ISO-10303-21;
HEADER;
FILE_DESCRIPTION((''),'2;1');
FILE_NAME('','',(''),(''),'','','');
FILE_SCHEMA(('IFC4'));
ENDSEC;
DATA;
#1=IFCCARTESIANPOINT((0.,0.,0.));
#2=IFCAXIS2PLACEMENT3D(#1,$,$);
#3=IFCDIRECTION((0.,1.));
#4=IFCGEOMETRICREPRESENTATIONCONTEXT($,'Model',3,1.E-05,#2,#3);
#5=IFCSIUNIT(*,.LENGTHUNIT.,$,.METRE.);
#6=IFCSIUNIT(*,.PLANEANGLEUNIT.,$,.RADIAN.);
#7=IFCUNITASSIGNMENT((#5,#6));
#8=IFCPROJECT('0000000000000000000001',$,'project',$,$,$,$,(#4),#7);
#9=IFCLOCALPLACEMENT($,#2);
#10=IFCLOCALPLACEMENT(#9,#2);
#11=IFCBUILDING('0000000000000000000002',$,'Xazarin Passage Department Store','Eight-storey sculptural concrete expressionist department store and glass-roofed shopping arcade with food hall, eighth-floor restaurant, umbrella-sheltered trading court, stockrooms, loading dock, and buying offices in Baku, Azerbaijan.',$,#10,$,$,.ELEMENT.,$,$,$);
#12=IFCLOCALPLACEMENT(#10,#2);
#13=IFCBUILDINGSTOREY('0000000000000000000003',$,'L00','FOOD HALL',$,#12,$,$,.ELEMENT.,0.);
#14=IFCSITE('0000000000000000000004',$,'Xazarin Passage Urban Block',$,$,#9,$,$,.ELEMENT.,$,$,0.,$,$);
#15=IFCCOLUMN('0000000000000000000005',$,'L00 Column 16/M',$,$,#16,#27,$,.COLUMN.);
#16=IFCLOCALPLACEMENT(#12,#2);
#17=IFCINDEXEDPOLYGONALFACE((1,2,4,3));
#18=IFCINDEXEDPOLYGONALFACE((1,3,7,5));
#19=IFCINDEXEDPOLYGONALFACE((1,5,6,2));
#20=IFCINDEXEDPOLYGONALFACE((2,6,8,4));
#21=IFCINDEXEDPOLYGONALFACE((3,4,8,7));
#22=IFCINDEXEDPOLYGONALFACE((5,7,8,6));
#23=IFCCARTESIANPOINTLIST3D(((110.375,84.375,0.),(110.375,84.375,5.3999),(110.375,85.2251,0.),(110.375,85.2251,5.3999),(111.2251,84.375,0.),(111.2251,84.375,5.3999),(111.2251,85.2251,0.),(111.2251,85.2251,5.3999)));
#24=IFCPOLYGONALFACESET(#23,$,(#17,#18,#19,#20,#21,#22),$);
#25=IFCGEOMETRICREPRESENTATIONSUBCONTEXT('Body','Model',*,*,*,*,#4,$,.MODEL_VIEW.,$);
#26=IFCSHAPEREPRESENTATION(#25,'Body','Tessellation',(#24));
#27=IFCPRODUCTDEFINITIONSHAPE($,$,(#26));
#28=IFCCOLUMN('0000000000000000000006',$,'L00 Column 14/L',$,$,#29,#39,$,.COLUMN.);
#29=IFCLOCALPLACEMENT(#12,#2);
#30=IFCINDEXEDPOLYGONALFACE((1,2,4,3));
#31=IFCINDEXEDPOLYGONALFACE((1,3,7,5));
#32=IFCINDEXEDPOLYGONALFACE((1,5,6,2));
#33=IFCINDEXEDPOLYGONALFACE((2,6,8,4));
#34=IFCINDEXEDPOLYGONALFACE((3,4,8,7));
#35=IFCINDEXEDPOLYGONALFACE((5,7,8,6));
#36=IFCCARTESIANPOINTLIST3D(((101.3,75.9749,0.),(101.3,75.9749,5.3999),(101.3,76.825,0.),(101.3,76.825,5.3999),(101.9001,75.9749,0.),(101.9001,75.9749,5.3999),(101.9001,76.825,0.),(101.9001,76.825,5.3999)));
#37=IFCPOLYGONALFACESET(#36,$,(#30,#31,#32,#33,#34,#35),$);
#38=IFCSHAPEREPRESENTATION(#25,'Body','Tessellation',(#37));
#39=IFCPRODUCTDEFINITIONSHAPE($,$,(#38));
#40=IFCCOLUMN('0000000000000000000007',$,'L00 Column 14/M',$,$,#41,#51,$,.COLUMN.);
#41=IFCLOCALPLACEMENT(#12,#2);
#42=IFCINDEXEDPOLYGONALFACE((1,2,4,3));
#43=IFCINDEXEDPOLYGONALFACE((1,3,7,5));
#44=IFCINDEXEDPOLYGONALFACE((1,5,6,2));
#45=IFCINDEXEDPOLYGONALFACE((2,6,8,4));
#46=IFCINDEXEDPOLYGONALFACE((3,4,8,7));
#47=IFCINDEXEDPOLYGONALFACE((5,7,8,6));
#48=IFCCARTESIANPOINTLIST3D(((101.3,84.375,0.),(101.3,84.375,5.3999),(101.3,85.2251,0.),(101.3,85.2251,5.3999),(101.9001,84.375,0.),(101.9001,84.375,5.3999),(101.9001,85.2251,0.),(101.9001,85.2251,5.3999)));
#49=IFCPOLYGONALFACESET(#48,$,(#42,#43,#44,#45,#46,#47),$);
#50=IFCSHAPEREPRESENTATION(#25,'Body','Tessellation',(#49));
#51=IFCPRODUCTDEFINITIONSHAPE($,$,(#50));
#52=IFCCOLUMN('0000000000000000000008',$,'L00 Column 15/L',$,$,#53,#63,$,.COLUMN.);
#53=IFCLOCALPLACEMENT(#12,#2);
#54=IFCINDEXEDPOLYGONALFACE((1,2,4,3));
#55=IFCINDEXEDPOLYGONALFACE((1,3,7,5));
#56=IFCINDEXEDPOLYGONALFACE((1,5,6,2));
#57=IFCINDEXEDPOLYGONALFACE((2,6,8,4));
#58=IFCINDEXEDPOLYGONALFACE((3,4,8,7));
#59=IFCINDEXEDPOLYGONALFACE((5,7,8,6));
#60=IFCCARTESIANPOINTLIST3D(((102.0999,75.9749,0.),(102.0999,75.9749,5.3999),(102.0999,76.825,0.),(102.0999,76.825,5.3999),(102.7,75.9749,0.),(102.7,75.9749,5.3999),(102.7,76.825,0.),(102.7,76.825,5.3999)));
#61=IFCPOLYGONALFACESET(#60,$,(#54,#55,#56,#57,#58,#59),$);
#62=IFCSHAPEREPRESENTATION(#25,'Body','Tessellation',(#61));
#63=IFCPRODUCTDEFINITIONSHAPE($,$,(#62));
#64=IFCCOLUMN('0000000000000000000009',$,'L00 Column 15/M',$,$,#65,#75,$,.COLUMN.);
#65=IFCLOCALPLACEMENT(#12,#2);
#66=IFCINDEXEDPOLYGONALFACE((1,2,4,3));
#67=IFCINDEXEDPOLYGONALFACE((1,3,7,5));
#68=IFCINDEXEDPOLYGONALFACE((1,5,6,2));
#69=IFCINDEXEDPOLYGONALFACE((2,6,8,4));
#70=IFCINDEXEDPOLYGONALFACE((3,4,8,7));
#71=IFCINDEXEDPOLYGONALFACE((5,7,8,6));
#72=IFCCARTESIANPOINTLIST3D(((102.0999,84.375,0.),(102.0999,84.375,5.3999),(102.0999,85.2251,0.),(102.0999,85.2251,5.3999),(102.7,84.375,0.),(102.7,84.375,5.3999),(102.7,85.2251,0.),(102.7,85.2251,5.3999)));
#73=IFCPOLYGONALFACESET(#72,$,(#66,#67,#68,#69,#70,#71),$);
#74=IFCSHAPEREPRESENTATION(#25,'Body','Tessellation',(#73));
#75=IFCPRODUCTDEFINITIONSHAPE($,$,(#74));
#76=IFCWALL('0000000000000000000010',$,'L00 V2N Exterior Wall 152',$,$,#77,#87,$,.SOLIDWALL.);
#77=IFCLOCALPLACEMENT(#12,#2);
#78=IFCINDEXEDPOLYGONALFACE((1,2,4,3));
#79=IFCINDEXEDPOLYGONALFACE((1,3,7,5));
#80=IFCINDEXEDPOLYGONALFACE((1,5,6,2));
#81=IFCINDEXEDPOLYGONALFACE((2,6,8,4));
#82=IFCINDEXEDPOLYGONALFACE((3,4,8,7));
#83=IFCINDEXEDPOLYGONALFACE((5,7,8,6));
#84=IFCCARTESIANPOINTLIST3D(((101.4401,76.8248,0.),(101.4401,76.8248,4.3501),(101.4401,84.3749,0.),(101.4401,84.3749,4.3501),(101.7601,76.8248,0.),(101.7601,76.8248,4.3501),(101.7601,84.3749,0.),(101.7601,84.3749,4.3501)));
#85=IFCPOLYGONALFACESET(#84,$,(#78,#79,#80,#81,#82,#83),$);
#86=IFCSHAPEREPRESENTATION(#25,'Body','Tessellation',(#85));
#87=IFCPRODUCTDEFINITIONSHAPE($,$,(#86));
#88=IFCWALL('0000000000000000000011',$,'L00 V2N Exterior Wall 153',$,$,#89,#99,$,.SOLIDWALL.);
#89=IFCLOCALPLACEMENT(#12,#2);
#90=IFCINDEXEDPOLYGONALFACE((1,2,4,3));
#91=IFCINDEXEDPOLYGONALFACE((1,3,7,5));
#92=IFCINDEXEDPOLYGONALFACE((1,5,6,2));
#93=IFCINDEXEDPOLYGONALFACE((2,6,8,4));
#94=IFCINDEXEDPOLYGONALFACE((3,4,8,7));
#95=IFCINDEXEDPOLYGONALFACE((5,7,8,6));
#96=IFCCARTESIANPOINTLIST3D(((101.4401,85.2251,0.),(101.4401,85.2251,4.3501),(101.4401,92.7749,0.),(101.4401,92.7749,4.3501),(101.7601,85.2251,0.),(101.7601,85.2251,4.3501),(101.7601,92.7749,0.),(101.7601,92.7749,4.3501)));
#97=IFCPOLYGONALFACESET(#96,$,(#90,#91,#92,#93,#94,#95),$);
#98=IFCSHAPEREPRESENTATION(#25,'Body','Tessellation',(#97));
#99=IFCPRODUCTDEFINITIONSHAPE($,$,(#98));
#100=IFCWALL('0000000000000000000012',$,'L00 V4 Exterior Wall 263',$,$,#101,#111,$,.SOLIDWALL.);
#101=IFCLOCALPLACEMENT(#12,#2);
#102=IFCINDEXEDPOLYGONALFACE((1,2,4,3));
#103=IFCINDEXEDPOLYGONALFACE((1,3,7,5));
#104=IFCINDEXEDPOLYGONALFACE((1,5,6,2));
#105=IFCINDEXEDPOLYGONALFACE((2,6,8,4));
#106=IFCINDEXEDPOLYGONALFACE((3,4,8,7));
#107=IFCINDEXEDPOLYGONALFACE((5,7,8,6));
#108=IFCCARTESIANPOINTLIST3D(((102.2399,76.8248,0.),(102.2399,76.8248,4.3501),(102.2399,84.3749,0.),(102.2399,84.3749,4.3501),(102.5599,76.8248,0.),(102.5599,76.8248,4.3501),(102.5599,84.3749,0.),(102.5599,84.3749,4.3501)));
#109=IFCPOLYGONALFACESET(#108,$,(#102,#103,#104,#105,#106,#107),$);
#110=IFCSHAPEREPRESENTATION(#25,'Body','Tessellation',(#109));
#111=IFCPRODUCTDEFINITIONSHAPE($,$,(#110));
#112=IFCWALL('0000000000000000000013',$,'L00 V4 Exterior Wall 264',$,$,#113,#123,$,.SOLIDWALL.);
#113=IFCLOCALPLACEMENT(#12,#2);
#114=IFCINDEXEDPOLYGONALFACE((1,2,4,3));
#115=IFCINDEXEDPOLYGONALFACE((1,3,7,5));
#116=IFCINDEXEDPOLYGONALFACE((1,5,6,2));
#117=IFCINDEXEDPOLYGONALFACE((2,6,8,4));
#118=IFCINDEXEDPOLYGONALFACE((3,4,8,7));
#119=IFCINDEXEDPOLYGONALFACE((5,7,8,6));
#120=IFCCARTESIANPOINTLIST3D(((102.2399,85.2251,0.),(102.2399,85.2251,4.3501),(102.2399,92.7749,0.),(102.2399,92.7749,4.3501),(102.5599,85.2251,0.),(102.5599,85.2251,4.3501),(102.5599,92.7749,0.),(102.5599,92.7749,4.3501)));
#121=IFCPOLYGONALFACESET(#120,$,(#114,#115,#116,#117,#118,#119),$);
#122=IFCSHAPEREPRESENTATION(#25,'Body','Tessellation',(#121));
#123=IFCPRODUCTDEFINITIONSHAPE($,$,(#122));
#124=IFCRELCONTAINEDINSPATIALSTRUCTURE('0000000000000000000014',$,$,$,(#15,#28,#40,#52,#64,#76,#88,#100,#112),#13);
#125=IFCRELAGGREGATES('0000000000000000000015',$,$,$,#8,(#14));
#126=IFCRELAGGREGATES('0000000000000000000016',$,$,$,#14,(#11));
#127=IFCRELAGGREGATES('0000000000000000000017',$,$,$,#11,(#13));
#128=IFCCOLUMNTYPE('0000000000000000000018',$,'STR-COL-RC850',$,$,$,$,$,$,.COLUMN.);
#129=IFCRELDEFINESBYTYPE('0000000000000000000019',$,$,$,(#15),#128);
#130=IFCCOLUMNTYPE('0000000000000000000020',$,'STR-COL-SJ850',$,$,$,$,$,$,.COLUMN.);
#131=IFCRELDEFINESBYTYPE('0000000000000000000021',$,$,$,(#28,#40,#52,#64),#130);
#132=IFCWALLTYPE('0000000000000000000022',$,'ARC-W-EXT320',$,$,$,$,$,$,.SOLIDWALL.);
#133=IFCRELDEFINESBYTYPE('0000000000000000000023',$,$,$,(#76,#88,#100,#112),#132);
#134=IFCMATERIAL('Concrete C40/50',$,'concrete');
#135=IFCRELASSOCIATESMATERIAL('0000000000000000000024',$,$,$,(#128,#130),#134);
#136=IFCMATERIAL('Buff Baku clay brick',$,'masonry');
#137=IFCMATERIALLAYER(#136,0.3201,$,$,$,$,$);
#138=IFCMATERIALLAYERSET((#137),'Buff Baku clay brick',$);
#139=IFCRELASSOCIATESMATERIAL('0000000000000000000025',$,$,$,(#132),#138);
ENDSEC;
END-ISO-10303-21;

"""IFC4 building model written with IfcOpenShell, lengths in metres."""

from ifc_helpers import new_model, si_unit, direction, frame, frame_2d, origin, origin_2d, place, context, subcontext, project, spatial, rectangle, extrude, material, layer, layer_set, material_profile, profile_set, type_object, element, save


model = new_model("IFC4")

# Units and contexts
model_context = context("Model", 3, precision=1e-05, world=origin(), true_north=direction((0.0, 1.0)))
body_context = subcontext(model_context, "Body", "Model", "MODEL_VIEW")
ifc_project = project(units=[si_unit("LENGTHUNIT", "METRE"), si_unit("PLANEANGLEUNIT", "RADIAN")], contexts=[model_context])

# Site, building, storey
site_placement = place(None, origin())
site = spatial("IfcSite", under=ifc_project, at=site_placement, Name="Xazarin Passage Urban Block", CompositionType="ELEMENT", RefElevation=0.0)
building_placement = place(site_placement, origin())
building = spatial("IfcBuilding", under=site, at=building_placement, Name="Xazarin Passage Department Store", Description="Eight-storey sculptural concrete expressionist department store and glass-roofed shopping arcade with food hall, eighth-floor restaurant, umbrella-sheltered trading court, stockrooms, loading dock, and buying offices in Baku, Azerbaijan.", CompositionType="ELEMENT")
storey_placement = place(building_placement, origin())
storey = spatial("IfcBuildingStorey", under=building, at=storey_placement, Name="L00", Description="FOOD HALL", CompositionType="ELEMENT", Elevation=0.0)

# Columns
ifc_material_1 = material(Name="Concrete C40/50", Category="concrete")
ifc_material_profile_1 = material_profile(ifc_material_1, rectangle(XDim=0.8501, YDim=0.8501, at=origin_2d()), Name="RC 850x850")
ifc_profile_set_1 = profile_set([ifc_material_profile_1], Name="Concrete C40/50")
column_type_1 = type_object("IfcColumnType", Name="STR-COL-RC850", PredefinedType="COLUMN", material=ifc_profile_set_1)
for number, where, z_axis, x_axis, name in (
    (1, (110.8, 84.8, 0.0), (0.0, 0.0, 1.0), (1.0, 0.0, 0.0), "L00 Column 16/M"),
):
    element("IfcColumn", number, at=place(storey_placement, frame(where, z_axis=z_axis, x_axis=x_axis)), inside=storey, type_object=column_type_1, Name=name, PredefinedType="COLUMN", context=body_context, shape_type="SweptSolid", body=[
        extrude(rectangle(XDim=0.8501, YDim=0.8501, at=origin_2d()), origin(), (0.0, 0.0, 1.0), 5.3999),
    ])
ifc_material_profile_2 = material_profile(ifc_material_1, rectangle(XDim=0.6001, YDim=0.8501, at=origin_2d()), Name="RC 600x850")
ifc_profile_set_2 = profile_set([ifc_material_profile_2], Name="Concrete C40/50")
column_type_2 = type_object("IfcColumnType", Name="STR-COL-SJ850", PredefinedType="COLUMN", material=ifc_profile_set_2)
for number, where, z_axis, x_axis, name in (
    (2, (101.6001, 76.3999, 0.0), (0.0, 0.0, 1.0), (1.0, 0.0, 0.0), "L00 Column 14/L"),
    (3, (101.6001, 84.8, 0.0), (0.0, 0.0, 1.0), (1.0, 0.0, 0.0), "L00 Column 14/M"),
    (4, (102.3999, 76.3999, 0.0), (0.0, 0.0, 1.0), (1.0, 0.0, 0.0), "L00 Column 15/L"),
    (5, (102.3999, 84.8, 0.0), (0.0, 0.0, 1.0), (1.0, 0.0, 0.0), "L00 Column 15/M"),
):
    element("IfcColumn", number, at=place(storey_placement, frame(where, z_axis=z_axis, x_axis=x_axis)), inside=storey, type_object=column_type_2, Name=name, PredefinedType="COLUMN", context=body_context, shape_type="SweptSolid", body=[
        extrude(rectangle(XDim=0.6001, YDim=0.8501, at=origin_2d()), origin(), (0.0, 0.0, 1.0), 5.3999),
    ])

# Walls
ifc_material_2 = material(Name="Buff Baku clay brick", Category="masonry")
ifc_layer_1 = layer(ifc_material_2, 0.3201)
ifc_layer_set_1 = layer_set([ifc_layer_1], Name="Buff Baku clay brick")
wall_type_1 = type_object("IfcWallType", Name="ARC-W-EXT320", PredefinedType="SOLIDWALL", material=ifc_layer_set_1)
wall_1_placement = place(storey_placement, frame((101.6001, 76.825, 0.0), z_axis=(0.0, 0.0, 1.0), x_axis=(0.0, 1.0, 0.0)))
element("IfcWall", 6, at=wall_1_placement, inside=storey, type_object=wall_type_1, Name="L00 V2N Exterior Wall 152", PredefinedType="SOLIDWALL", context=body_context, shape_type="SweptSolid", body=[
    extrude(rectangle(XDim=7.55, YDim=0.3201, at=frame_2d((3.7749, 0.0))), origin(), (0.0, 0.0, 1.0), 4.3501),
])
wall_2_placement = place(storey_placement, frame((101.6001, 85.2251, 0.0), z_axis=(0.0, 0.0, 1.0), x_axis=(0.0, 1.0, 0.0)))
element("IfcWall", 7, at=wall_2_placement, inside=storey, type_object=wall_type_1, Name="L00 V2N Exterior Wall 153", PredefinedType="SOLIDWALL", context=body_context, shape_type="SweptSolid", body=[
    extrude(rectangle(XDim=7.5498, YDim=0.3201, at=frame_2d((3.7749, 0.0))), origin(), (0.0, 0.0, 1.0), 4.3501),
])
wall_3_placement = place(storey_placement, frame((102.3999, 76.825, 0.0), z_axis=(0.0, 0.0, 1.0), x_axis=(0.0, 1.0, 0.0)))
element("IfcWall", 8, at=wall_3_placement, inside=storey, type_object=wall_type_1, Name="L00 V4 Exterior Wall 263", PredefinedType="SOLIDWALL", context=body_context, shape_type="SweptSolid", body=[
    extrude(rectangle(XDim=7.55, YDim=0.3201, at=frame_2d((3.7749, 0.0))), origin(), (0.0, 0.0, 1.0), 4.3501),
])
wall_4_placement = place(storey_placement, frame((102.3999, 85.2251, 0.0), z_axis=(0.0, 0.0, 1.0), x_axis=(0.0, 1.0, 0.0)))
element("IfcWall", 9, at=wall_4_placement, inside=storey, type_object=wall_type_1, Name="L00 V4 Exterior Wall 264", PredefinedType="SOLIDWALL", context=body_context, shape_type="SweptSolid", body=[
    extrude(rectangle(XDim=7.5498, YDim=0.3201, at=frame_2d((3.7749, 0.0))), origin(), (0.0, 0.0, 1.0), 4.3501),
])

save(model, "model.ifc")
